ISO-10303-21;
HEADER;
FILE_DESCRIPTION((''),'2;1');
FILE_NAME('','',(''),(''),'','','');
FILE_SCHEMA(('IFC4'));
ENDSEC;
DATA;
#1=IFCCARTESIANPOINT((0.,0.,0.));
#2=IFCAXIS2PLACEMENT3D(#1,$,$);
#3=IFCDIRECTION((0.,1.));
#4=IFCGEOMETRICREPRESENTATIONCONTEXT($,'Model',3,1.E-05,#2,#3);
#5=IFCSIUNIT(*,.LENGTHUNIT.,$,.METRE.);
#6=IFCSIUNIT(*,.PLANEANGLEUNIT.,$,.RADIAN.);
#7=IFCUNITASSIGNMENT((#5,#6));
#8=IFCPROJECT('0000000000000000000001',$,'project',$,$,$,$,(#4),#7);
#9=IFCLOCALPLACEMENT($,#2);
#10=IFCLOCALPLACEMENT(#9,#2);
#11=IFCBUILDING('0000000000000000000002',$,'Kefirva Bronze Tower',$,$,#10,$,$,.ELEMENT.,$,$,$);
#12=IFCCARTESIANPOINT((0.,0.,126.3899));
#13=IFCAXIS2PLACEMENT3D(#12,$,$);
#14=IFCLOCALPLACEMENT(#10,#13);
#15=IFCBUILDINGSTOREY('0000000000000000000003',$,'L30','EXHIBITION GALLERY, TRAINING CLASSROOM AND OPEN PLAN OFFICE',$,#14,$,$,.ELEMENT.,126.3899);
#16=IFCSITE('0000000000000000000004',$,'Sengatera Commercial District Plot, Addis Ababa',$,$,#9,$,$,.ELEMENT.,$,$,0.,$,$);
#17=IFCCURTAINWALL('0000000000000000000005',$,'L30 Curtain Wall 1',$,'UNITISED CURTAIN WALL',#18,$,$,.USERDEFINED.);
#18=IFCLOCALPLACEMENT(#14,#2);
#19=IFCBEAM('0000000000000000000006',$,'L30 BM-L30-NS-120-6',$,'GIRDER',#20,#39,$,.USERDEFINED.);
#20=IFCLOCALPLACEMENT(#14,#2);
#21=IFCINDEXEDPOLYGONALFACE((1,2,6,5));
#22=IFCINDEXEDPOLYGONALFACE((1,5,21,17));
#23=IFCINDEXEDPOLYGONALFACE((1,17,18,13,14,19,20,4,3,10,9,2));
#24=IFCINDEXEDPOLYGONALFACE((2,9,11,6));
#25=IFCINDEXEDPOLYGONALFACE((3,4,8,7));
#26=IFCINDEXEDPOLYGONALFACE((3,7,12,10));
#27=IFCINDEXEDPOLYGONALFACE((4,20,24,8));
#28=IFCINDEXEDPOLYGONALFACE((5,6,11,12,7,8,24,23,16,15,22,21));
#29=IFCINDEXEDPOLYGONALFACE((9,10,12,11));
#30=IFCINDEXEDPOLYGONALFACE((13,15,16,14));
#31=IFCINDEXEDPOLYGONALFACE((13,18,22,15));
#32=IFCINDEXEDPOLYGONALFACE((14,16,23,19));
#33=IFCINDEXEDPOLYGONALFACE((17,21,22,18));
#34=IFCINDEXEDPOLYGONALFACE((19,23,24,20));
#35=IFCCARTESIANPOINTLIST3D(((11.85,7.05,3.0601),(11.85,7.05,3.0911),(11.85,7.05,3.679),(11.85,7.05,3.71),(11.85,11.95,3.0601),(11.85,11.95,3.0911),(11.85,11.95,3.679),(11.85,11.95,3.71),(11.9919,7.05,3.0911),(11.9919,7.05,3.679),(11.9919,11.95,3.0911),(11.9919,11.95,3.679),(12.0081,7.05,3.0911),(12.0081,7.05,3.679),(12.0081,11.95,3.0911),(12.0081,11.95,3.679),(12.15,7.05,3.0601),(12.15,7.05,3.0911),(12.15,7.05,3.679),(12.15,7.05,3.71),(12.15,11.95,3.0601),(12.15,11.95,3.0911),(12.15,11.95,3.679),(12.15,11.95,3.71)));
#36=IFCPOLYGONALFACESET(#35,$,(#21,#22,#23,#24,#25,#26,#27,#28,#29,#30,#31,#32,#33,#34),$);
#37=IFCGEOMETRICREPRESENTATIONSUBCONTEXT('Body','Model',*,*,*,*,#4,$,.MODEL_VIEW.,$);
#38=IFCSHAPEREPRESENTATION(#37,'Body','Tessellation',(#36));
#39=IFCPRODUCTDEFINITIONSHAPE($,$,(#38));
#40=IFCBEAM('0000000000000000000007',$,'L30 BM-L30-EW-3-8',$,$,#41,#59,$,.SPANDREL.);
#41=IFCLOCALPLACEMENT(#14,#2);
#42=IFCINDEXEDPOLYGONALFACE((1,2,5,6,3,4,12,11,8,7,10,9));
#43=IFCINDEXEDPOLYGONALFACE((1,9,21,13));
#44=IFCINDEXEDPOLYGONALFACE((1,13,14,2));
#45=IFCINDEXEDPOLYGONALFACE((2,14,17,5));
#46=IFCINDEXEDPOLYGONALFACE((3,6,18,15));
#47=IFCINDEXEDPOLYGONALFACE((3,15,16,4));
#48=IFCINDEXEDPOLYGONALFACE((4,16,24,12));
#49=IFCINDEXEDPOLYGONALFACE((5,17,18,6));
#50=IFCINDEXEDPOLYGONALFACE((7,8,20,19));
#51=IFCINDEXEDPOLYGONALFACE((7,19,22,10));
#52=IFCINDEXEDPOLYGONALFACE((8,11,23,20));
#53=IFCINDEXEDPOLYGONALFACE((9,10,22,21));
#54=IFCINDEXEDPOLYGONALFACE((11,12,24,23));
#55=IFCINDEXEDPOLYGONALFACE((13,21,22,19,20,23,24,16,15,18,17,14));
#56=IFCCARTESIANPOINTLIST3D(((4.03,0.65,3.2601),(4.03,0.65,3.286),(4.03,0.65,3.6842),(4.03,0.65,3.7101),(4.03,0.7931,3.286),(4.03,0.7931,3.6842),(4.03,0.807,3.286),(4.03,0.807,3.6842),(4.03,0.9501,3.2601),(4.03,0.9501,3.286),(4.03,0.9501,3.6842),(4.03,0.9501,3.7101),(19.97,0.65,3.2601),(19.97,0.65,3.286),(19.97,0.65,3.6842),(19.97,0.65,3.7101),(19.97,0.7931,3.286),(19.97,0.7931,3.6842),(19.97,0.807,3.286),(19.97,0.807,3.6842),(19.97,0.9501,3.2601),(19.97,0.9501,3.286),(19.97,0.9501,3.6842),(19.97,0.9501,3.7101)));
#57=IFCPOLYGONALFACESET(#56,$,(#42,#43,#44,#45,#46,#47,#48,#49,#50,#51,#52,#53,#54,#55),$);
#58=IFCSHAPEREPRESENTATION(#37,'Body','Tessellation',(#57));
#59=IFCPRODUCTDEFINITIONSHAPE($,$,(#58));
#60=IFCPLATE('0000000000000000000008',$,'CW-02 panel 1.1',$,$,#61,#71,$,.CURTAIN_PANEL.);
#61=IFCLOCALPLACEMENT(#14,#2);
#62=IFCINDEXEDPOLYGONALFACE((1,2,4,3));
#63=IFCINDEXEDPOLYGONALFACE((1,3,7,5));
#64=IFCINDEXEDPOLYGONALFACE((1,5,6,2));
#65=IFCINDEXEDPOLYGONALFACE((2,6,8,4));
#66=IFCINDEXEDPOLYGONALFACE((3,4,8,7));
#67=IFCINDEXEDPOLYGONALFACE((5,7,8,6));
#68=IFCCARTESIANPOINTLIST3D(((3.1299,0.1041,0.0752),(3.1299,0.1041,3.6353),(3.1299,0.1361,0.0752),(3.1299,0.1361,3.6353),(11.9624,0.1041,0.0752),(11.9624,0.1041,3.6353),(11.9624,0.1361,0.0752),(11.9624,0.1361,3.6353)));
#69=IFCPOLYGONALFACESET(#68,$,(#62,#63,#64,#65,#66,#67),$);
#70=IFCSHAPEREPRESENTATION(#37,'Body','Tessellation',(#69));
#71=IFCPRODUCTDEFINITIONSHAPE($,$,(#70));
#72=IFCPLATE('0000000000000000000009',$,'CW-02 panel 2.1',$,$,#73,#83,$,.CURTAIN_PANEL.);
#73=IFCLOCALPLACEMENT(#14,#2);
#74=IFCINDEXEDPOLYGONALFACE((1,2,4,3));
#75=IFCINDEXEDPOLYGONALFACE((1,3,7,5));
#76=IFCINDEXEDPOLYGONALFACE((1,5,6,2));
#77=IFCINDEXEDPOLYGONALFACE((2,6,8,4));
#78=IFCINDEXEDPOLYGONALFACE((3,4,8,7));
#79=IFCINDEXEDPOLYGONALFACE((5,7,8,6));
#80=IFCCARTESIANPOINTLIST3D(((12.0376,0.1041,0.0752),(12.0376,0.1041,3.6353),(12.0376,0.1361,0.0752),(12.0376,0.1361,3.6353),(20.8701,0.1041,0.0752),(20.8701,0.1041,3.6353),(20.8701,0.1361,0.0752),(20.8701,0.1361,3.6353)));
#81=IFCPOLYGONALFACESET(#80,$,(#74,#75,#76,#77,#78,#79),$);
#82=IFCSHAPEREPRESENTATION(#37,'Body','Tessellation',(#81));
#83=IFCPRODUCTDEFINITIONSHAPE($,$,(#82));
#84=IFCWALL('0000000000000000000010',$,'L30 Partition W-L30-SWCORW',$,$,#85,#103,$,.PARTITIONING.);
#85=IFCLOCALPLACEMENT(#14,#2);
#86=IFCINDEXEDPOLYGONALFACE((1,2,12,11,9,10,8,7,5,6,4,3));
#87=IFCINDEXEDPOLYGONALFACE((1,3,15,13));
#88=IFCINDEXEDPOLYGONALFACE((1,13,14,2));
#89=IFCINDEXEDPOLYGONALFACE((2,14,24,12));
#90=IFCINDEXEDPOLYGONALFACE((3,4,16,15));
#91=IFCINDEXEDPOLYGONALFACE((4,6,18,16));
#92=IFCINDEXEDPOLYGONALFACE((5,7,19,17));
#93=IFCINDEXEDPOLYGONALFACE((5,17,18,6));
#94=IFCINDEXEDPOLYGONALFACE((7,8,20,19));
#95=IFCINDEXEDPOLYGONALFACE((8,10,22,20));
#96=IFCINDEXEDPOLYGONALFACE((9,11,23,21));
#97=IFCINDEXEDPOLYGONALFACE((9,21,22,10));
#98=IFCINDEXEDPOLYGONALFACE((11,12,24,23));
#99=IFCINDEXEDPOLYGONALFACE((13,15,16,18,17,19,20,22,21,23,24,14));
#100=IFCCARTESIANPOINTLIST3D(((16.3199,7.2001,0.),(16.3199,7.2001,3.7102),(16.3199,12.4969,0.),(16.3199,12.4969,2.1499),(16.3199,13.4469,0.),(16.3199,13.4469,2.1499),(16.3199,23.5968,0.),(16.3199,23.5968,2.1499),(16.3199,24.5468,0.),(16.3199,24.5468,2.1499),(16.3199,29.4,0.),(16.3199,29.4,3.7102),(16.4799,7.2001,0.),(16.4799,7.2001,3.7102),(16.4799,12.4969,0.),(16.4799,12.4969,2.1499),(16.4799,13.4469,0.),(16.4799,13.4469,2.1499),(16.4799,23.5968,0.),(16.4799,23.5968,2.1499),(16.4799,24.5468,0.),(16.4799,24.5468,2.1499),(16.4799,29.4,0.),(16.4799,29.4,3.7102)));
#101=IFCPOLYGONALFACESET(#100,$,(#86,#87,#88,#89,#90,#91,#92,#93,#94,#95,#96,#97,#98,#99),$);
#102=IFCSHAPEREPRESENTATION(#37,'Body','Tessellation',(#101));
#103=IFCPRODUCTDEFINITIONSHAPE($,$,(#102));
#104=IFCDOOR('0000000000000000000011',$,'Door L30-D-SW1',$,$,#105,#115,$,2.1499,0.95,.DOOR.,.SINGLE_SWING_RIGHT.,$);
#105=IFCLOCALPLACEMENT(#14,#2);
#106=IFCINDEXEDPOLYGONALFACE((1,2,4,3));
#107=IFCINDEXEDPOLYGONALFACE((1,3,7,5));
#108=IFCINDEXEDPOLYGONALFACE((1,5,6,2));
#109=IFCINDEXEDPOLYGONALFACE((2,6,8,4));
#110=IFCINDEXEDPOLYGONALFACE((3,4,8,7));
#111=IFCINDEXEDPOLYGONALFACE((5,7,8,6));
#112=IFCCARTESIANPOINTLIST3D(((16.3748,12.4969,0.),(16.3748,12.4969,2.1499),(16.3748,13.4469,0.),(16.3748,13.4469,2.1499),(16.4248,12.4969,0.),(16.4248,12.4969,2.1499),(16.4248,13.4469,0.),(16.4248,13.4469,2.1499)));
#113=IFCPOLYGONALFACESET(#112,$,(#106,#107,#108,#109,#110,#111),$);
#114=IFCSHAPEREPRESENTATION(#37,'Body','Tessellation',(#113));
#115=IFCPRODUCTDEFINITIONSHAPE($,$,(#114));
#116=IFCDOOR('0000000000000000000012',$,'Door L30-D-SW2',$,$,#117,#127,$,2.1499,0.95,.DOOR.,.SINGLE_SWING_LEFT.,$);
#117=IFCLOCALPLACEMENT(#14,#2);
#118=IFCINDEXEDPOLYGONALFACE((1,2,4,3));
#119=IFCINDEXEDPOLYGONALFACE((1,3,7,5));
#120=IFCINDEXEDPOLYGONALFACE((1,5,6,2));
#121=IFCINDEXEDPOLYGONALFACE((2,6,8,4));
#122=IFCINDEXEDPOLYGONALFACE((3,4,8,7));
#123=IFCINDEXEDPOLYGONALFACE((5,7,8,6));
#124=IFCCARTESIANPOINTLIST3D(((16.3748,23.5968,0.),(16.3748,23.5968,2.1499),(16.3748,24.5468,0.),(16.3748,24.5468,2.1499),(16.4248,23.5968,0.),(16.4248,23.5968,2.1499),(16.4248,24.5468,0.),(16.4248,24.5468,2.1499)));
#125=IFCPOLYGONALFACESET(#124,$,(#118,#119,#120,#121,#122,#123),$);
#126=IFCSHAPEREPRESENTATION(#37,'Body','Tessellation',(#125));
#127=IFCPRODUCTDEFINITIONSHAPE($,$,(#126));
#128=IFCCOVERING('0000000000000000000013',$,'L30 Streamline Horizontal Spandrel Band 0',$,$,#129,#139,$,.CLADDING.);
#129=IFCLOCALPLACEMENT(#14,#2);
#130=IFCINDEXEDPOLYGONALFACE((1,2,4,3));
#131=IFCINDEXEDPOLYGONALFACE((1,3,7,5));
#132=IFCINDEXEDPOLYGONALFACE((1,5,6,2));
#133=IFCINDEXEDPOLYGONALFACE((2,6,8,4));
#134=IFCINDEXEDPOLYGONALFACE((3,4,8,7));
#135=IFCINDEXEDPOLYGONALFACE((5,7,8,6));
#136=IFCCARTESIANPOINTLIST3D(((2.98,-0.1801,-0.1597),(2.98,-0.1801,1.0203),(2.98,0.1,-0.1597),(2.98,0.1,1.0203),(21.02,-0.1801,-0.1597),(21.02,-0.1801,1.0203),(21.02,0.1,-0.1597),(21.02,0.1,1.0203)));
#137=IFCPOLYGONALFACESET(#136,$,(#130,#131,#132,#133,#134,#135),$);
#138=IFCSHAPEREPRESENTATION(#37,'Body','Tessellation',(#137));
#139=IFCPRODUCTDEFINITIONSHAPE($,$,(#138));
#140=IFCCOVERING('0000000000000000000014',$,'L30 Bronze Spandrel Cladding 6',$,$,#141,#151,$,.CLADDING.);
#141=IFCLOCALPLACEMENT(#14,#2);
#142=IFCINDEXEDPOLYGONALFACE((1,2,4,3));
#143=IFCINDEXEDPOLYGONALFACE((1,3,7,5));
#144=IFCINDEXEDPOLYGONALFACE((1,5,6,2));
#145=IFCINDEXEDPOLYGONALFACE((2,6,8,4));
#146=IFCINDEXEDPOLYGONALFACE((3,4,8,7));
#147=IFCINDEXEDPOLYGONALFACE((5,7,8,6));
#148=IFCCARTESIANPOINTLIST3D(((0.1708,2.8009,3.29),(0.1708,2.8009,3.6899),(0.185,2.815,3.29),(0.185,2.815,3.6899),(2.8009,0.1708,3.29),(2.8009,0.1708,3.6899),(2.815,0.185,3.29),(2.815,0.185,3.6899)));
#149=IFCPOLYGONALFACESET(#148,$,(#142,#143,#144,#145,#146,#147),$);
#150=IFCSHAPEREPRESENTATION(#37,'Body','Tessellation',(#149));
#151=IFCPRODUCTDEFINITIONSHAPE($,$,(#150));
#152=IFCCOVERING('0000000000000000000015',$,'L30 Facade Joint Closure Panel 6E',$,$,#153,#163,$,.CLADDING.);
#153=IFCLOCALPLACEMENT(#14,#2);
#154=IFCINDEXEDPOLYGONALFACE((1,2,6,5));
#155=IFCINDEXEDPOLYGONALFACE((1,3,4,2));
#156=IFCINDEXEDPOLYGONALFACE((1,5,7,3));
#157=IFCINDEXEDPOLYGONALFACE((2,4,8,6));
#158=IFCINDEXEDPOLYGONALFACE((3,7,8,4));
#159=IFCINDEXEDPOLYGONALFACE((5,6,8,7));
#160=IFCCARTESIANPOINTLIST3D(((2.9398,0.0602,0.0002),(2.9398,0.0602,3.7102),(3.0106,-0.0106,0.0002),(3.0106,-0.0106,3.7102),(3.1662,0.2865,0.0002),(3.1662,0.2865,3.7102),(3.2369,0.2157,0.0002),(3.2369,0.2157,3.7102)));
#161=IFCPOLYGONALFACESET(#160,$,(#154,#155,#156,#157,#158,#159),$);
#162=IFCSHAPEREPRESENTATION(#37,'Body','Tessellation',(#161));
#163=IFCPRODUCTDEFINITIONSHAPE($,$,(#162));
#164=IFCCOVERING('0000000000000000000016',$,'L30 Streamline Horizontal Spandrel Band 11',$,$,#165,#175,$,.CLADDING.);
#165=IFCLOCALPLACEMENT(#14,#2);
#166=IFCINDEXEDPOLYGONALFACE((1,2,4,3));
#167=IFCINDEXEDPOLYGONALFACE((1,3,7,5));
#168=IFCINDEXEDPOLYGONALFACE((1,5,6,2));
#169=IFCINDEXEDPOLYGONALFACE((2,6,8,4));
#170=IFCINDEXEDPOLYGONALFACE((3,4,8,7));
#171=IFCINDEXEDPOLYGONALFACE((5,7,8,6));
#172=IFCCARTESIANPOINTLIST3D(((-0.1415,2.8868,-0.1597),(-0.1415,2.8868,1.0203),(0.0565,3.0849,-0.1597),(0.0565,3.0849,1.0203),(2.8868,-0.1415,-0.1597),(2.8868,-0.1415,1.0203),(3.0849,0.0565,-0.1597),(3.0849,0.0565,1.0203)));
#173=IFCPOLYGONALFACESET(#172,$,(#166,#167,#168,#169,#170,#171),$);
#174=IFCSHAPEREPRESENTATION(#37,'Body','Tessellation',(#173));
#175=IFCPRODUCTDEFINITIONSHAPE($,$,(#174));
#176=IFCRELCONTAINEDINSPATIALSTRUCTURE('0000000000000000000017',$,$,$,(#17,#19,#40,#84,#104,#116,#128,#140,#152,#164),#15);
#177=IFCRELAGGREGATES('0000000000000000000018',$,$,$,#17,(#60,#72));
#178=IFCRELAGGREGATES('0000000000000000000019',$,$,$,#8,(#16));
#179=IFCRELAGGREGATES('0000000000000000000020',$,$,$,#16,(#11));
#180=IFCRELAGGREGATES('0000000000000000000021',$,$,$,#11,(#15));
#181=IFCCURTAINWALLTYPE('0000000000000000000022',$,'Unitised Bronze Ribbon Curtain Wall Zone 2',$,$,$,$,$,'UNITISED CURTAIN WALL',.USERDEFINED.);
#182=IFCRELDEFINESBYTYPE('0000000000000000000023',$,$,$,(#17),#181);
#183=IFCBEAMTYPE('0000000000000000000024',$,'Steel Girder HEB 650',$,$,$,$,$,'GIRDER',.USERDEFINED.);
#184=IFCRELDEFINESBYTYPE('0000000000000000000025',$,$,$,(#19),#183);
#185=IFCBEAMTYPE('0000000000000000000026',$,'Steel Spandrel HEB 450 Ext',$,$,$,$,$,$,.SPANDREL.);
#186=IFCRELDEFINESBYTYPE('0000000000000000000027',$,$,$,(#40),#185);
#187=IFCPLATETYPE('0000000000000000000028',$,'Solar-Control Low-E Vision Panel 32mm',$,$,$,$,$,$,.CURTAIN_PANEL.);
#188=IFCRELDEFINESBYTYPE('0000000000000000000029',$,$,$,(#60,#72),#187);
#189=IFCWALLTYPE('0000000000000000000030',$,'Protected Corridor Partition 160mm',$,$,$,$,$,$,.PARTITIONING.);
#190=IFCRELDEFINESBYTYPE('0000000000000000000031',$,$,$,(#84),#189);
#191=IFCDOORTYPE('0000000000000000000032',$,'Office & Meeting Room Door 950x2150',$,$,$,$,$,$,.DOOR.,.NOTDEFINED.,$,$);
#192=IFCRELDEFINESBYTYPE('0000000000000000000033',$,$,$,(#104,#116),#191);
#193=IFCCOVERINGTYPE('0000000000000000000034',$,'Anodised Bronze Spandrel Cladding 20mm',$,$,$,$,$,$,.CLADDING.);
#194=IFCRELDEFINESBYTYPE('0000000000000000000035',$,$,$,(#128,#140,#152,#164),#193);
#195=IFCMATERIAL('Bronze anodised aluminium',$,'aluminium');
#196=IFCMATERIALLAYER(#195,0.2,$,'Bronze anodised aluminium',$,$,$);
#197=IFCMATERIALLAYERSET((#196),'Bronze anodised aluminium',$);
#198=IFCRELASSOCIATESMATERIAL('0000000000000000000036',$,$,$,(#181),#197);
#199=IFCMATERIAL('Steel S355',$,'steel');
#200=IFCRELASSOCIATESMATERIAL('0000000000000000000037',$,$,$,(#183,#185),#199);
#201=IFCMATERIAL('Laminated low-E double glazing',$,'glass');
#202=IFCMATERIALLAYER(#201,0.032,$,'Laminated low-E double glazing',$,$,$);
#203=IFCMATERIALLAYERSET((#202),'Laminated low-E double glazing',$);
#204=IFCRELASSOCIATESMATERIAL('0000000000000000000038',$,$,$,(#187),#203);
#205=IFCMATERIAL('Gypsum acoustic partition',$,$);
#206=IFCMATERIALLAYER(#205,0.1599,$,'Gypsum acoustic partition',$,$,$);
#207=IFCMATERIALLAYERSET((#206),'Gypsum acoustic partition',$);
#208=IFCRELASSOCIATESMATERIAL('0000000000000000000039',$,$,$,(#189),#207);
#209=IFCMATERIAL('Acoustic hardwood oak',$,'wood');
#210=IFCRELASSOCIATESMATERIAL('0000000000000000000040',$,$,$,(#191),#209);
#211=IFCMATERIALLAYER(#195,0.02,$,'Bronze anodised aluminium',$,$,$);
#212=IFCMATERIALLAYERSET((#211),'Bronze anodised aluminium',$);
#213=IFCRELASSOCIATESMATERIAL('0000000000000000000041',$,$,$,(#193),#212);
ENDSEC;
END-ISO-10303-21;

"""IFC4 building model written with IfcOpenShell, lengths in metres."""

from ifc_helpers import new_model, si_unit, direction, frame, frame_2d, origin, origin_2d, place, context, subcontext, project, spatial, rectangle, i_section, extrude, material, layer, layer_set, material_profile, profile_set, type_object, element, fill, aggregate, save


model = new_model("IFC4")

# Units and contexts
model_context = context("Model", 3, precision=1e-05, world=origin(), true_north=direction((0.0, 1.0)))
body_context = subcontext(model_context, "Body", "Model", "MODEL_VIEW")
ifc_project = project(units=[si_unit("LENGTHUNIT", "METRE"), si_unit("PLANEANGLEUNIT", "RADIAN")], contexts=[model_context])

# Site, building, storey
site_placement = place(None, origin())
site = spatial("IfcSite", under=ifc_project, at=site_placement, Name="Sengatera Commercial District Plot, Addis Ababa", CompositionType="ELEMENT", RefElevation=0.0)
building_placement = place(site_placement, origin())
building = spatial("IfcBuilding", under=site, at=building_placement, Name="Kefirva Bronze Tower", CompositionType="ELEMENT")
storey_placement = place(building_placement, frame((0.0, 0.0, 126.3899)))
storey = spatial("IfcBuildingStorey", under=building, at=storey_placement, Name="L30", Description="EXHIBITION GALLERY, TRAINING CLASSROOM AND OPEN PLAN OFFICE", CompositionType="ELEMENT", Elevation=126.3899)

# Curtain wall
ifc_material_1 = material(Name="Bronze anodised aluminium", Category="aluminium")
ifc_layer_1 = layer(ifc_material_1, 0.2, Name="Bronze anodised aluminium")
ifc_layer_set_1 = layer_set([ifc_layer_1], Name="Bronze anodised aluminium")
curtain_wall_type = type_object("IfcCurtainWallType", Name="Unitised Bronze Ribbon Curtain Wall Zone 2", ElementType="UNITISED CURTAIN WALL", PredefinedType="USERDEFINED", material=ifc_layer_set_1)
curtain_wall_placement = place(storey_placement, origin())
curtain_wall = element("IfcCurtainWall", 1, at=curtain_wall_placement, inside=storey, type_object=curtain_wall_type, Name="L30 Curtain Wall 1", ObjectType="UNITISED CURTAIN WALL", PredefinedType="USERDEFINED")

# Beams
ifc_material_2 = material(Name="Steel S355", Category="steel")
ifc_material_profile_1 = material_profile(ifc_material_2, i_section(OverallWidth=0.3, OverallDepth=0.6499, WebThickness=0.0161, FlangeThickness=0.031, at=origin_2d()), Name="HEB 650")
ifc_profile_set_1 = profile_set([ifc_material_profile_1], Name="Steel S355")
beam_type_1 = type_object("IfcBeamType", Name="Steel Girder HEB 650", ElementType="GIRDER", PredefinedType="USERDEFINED", material=ifc_profile_set_1)
beam_1_placement = place(storey_placement, frame((12.0, 7.05, 3.385), z_axis=(0.0, 1.0, 0.0), x_axis=(-1.0, 0.0, 0.0)))
element("IfcBeam", 2, at=beam_1_placement, inside=storey, type_object=beam_type_1, Name="L30 BM-L30-NS-120-6", ObjectType="GIRDER", PredefinedType="USERDEFINED", context=body_context, shape_type="SweptSolid", body=[
    extrude(i_section(OverallWidth=0.3, OverallDepth=0.6499, WebThickness=0.0161, FlangeThickness=0.031, at=origin_2d()), origin(), (0.0, 0.0, 1.0), 4.8999),
])
ifc_material_profile_2 = material_profile(ifc_material_2, i_section(OverallWidth=0.3, OverallDepth=0.45, WebThickness=0.0139, FlangeThickness=0.0259, at=origin_2d()), Name="HEB 450")
ifc_profile_set_2 = profile_set([ifc_material_profile_2], Name="Steel S355")
beam_type_2 = type_object("IfcBeamType", Name="Steel Spandrel HEB 450 Ext", PredefinedType="SPANDREL", material=ifc_profile_set_2)
beam_2_placement = place(storey_placement, frame((4.03, 0.8, 3.4851), z_axis=(1.0, 0.0, 0.0), x_axis=(0.0, 1.0, 0.0)))
element("IfcBeam", 3, at=beam_2_placement, inside=storey, type_object=beam_type_2, Name="L30 BM-L30-EW-3-8", PredefinedType="SPANDREL", context=body_context, shape_type="SweptSolid", body=[
    extrude(i_section(OverallWidth=0.3, OverallDepth=0.45, WebThickness=0.0139, FlangeThickness=0.0259, at=origin_2d()), origin(), (0.0, 0.0, 1.0), 15.9399),
])

# Plates
ifc_material_3 = material(Name="Laminated low-E double glazing", Category="glass")
ifc_layer_2 = layer(ifc_material_3, 0.032, Name="Laminated low-E double glazing")
ifc_layer_set_2 = layer_set([ifc_layer_2], Name="Laminated low-E double glazing")
plate_type = type_object("IfcPlateType", Name="Solar-Control Low-E Vision Panel 32mm", PredefinedType="CURTAIN_PANEL", material=ifc_layer_set_2)
plate_1_placement = place(storey_placement, frame((7.5461, 0.1201, 0.0752), z_axis=(0.0, 0.0, 1.0), x_axis=(1.0, 0.0, 0.0)))
plate_1 = element("IfcPlate", 4, at=plate_1_placement, type_object=plate_type, Name="CW-02 panel 1.1", PredefinedType="CURTAIN_PANEL", context=body_context, shape_type="SweptSolid", body=[
    extrude(rectangle(XDim=8.8325, YDim=0.032, at=origin_2d()), origin(), (0.0, 0.0, 1.0), 3.5601),
])
plate_2_placement = place(storey_placement, frame((16.4539, 0.1201, 0.0752), z_axis=(0.0, 0.0, 1.0), x_axis=(1.0, 0.0, 0.0)))
plate_2 = element("IfcPlate", 5, at=plate_2_placement, type_object=plate_type, Name="CW-02 panel 2.1", PredefinedType="CURTAIN_PANEL", context=body_context, shape_type="SweptSolid", body=[
    extrude(rectangle(XDim=8.8325, YDim=0.032, at=origin_2d()), origin(), (0.0, 0.0, 1.0), 3.5601),
])
aggregate(curtain_wall, [plate_1, plate_2])

# Wall, openings, doors
ifc_material_4 = material(Name="Gypsum acoustic partition")
ifc_layer_3 = layer(ifc_material_4, 0.1599, Name="Gypsum acoustic partition")
ifc_layer_set_3 = layer_set([ifc_layer_3], Name="Gypsum acoustic partition")
wall_type = type_object("IfcWallType", Name="Protected Corridor Partition 160mm", PredefinedType="PARTITIONING", material=ifc_layer_set_3)
wall_placement = place(storey_placement, frame((16.3999, 7.2, 0.0), z_axis=(0.0, 0.0, 1.0), x_axis=(0.0, 1.0, 0.0)))
wall = element("IfcWall", 6, at=wall_placement, inside=storey, type_object=wall_type, Name="L30 Partition W-L30-SWCORW", PredefinedType="PARTITIONING", context=body_context, shape_type="SweptSolid", body=[
    extrude(rectangle(XDim=22.2, YDim=0.1599, at=frame_2d((11.1001, 0.0))), origin(), (0.0, 0.0, 1.0), 3.7102),
])
opening_1_placement = place(wall_placement, frame((6.2471, 0.0, 0.0), z_axis=(0.0, 0.0, 1.0), x_axis=(-1.0, 0.0, 0.0)))
opening_1 = element("IfcOpeningElement", 7, at=opening_1_placement, cuts=wall, PredefinedType="OPENING", context=body_context, shape_type="SweptSolid", body=[
    extrude(rectangle(XDim=0.95, YDim=2.1499, at=frame_2d((0.4751, 1.075))), frame((0.0, 0.0898, 0.0), z_axis=(0.0, -1.0, 0.0), x_axis=(1.0, 0.0, 0.0)), (0.0, 0.0, 1.0), 0.1799),
])
opening_2_placement = place(wall_placement, frame((17.3469, 0.0, 0.0), z_axis=(0.0, 0.0, 1.0), x_axis=(-1.0, 0.0, 0.0)))
opening_2 = element("IfcOpeningElement", 8, at=opening_2_placement, cuts=wall, PredefinedType="OPENING", context=body_context, shape_type="SweptSolid", body=[
    extrude(rectangle(XDim=0.95, YDim=2.1499, at=frame_2d((0.4751, 1.075))), frame((0.0, 0.0898, 0.0), z_axis=(0.0, -1.0, 0.0), x_axis=(1.0, 0.0, 0.0)), (0.0, 0.0, 1.0), 0.1799),
])
ifc_material_5 = material(Name="Acoustic hardwood oak", Category="wood")
door_type = type_object("IfcDoorType", Name="Office & Meeting Room Door 950x2150", OperationType="NOTDEFINED", PredefinedType="DOOR", material=ifc_material_5)
door_1_placement = place(opening_1_placement, origin())
door_1 = element("IfcDoor", 9, at=door_1_placement, inside=storey, type_object=door_type, Name="Door L30-D-SW1", OperationType="SINGLE_SWING_RIGHT", OverallHeight=2.1499, OverallWidth=0.95, PredefinedType="DOOR", context=body_context, shape_type="SweptSolid", body=[
    extrude(rectangle(XDim=0.95, YDim=2.1499, at=frame_2d((0.4751, 1.075))), frame((0.0, 0.0249, 0.0), z_axis=(0.0, -1.0, 0.0), x_axis=(1.0, 0.0, 0.0)), (0.0, 0.0, 1.0), 0.05),
])
fill(opening_1, door_1)
door_2_placement = place(opening_2_placement, origin())
door_2 = element("IfcDoor", 10, at=door_2_placement, inside=storey, type_object=door_type, Name="Door L30-D-SW2", OperationType="SINGLE_SWING_LEFT", OverallHeight=2.1499, OverallWidth=0.95, PredefinedType="DOOR", context=body_context, shape_type="SweptSolid", body=[
    extrude(rectangle(XDim=0.95, YDim=2.1499, at=frame_2d((0.4751, 1.075))), frame((0.0, 0.0249, 0.0), z_axis=(0.0, -1.0, 0.0), x_axis=(1.0, 0.0, 0.0)), (0.0, 0.0, 1.0), 0.05),
])
fill(opening_2, door_2)

# Coverings
ifc_layer_4 = layer(ifc_material_1, 0.02, Name="Bronze anodised aluminium")
ifc_layer_set_4 = layer_set([ifc_layer_4], Name="Bronze anodised aluminium")
covering_type_1 = type_object("IfcCoveringType", Name="Anodised Bronze Spandrel Cladding 20mm", PredefinedType="CLADDING", material=ifc_layer_set_4)
covering_1_placement = place(storey_placement, frame((12.0, -0.04, -0.1597), z_axis=(0.0, 0.0, 1.0), x_axis=(1.0, 0.0, 0.0)))
element("IfcCovering", 11, at=covering_1_placement, inside=storey, type_object=covering_type_1, Name="L30 Streamline Horizontal Spandrel Band 0", PredefinedType="CLADDING", context=body_context, shape_type="SweptSolid", body=[
    extrude(rectangle(XDim=18.04, YDim=0.28, at=origin_2d()), origin(), (0.0, 0.0, 1.0), 1.1799),
])
covering_2_placement = place(storey_placement, frame((1.4929, 1.4929, 3.29), z_axis=(0.0, 0.0, 1.0), x_axis=(0.707107, -0.707107, 0.0)))
element("IfcCovering", 12, at=covering_2_placement, inside=storey, type_object=covering_type_1, Name="L30 Bronze Spandrel Cladding 6", PredefinedType="CLADDING", context=body_context, shape_type="SweptSolid", body=[
    extrude(rectangle(XDim=3.7195, YDim=0.02, at=origin_2d()), origin(), (0.0, 0.0, 1.0), 0.3999),
])
covering_3_placement = place(storey_placement, frame((3.0884, 0.1379, 0.0002), z_axis=(0.0, 0.0, 1.0), x_axis=(0.707107, -0.707107, 0.0)))
element("IfcCovering", 13, at=covering_3_placement, inside=storey, type_object=covering_type_1, Name="L30 Facade Joint Closure Panel 6E", PredefinedType="CLADDING", context=body_context, shape_type="SweptSolid", body=[
    extrude(rectangle(XDim=0.1001, YDim=0.3201, at=origin_2d()), origin(), (0.0, 0.0, 1.0), 3.71),
])
covering_4_placement = place(storey_placement, frame((1.4717, 1.4717, -0.1597), z_axis=(0.0, 0.0, 1.0), x_axis=(0.707107, -0.707107, 0.0)))
element("IfcCovering", 14, at=covering_4_placement, inside=storey, type_object=covering_type_1, Name="L30 Streamline Horizontal Spandrel Band 11", PredefinedType="CLADDING", context=body_context, shape_type="SweptSolid", body=[
    extrude(rectangle(XDim=4.2827, YDim=0.28, at=origin_2d()), origin(), (0.0, 0.0, 1.0), 1.1799),
])

save(model, "model.ifc")
